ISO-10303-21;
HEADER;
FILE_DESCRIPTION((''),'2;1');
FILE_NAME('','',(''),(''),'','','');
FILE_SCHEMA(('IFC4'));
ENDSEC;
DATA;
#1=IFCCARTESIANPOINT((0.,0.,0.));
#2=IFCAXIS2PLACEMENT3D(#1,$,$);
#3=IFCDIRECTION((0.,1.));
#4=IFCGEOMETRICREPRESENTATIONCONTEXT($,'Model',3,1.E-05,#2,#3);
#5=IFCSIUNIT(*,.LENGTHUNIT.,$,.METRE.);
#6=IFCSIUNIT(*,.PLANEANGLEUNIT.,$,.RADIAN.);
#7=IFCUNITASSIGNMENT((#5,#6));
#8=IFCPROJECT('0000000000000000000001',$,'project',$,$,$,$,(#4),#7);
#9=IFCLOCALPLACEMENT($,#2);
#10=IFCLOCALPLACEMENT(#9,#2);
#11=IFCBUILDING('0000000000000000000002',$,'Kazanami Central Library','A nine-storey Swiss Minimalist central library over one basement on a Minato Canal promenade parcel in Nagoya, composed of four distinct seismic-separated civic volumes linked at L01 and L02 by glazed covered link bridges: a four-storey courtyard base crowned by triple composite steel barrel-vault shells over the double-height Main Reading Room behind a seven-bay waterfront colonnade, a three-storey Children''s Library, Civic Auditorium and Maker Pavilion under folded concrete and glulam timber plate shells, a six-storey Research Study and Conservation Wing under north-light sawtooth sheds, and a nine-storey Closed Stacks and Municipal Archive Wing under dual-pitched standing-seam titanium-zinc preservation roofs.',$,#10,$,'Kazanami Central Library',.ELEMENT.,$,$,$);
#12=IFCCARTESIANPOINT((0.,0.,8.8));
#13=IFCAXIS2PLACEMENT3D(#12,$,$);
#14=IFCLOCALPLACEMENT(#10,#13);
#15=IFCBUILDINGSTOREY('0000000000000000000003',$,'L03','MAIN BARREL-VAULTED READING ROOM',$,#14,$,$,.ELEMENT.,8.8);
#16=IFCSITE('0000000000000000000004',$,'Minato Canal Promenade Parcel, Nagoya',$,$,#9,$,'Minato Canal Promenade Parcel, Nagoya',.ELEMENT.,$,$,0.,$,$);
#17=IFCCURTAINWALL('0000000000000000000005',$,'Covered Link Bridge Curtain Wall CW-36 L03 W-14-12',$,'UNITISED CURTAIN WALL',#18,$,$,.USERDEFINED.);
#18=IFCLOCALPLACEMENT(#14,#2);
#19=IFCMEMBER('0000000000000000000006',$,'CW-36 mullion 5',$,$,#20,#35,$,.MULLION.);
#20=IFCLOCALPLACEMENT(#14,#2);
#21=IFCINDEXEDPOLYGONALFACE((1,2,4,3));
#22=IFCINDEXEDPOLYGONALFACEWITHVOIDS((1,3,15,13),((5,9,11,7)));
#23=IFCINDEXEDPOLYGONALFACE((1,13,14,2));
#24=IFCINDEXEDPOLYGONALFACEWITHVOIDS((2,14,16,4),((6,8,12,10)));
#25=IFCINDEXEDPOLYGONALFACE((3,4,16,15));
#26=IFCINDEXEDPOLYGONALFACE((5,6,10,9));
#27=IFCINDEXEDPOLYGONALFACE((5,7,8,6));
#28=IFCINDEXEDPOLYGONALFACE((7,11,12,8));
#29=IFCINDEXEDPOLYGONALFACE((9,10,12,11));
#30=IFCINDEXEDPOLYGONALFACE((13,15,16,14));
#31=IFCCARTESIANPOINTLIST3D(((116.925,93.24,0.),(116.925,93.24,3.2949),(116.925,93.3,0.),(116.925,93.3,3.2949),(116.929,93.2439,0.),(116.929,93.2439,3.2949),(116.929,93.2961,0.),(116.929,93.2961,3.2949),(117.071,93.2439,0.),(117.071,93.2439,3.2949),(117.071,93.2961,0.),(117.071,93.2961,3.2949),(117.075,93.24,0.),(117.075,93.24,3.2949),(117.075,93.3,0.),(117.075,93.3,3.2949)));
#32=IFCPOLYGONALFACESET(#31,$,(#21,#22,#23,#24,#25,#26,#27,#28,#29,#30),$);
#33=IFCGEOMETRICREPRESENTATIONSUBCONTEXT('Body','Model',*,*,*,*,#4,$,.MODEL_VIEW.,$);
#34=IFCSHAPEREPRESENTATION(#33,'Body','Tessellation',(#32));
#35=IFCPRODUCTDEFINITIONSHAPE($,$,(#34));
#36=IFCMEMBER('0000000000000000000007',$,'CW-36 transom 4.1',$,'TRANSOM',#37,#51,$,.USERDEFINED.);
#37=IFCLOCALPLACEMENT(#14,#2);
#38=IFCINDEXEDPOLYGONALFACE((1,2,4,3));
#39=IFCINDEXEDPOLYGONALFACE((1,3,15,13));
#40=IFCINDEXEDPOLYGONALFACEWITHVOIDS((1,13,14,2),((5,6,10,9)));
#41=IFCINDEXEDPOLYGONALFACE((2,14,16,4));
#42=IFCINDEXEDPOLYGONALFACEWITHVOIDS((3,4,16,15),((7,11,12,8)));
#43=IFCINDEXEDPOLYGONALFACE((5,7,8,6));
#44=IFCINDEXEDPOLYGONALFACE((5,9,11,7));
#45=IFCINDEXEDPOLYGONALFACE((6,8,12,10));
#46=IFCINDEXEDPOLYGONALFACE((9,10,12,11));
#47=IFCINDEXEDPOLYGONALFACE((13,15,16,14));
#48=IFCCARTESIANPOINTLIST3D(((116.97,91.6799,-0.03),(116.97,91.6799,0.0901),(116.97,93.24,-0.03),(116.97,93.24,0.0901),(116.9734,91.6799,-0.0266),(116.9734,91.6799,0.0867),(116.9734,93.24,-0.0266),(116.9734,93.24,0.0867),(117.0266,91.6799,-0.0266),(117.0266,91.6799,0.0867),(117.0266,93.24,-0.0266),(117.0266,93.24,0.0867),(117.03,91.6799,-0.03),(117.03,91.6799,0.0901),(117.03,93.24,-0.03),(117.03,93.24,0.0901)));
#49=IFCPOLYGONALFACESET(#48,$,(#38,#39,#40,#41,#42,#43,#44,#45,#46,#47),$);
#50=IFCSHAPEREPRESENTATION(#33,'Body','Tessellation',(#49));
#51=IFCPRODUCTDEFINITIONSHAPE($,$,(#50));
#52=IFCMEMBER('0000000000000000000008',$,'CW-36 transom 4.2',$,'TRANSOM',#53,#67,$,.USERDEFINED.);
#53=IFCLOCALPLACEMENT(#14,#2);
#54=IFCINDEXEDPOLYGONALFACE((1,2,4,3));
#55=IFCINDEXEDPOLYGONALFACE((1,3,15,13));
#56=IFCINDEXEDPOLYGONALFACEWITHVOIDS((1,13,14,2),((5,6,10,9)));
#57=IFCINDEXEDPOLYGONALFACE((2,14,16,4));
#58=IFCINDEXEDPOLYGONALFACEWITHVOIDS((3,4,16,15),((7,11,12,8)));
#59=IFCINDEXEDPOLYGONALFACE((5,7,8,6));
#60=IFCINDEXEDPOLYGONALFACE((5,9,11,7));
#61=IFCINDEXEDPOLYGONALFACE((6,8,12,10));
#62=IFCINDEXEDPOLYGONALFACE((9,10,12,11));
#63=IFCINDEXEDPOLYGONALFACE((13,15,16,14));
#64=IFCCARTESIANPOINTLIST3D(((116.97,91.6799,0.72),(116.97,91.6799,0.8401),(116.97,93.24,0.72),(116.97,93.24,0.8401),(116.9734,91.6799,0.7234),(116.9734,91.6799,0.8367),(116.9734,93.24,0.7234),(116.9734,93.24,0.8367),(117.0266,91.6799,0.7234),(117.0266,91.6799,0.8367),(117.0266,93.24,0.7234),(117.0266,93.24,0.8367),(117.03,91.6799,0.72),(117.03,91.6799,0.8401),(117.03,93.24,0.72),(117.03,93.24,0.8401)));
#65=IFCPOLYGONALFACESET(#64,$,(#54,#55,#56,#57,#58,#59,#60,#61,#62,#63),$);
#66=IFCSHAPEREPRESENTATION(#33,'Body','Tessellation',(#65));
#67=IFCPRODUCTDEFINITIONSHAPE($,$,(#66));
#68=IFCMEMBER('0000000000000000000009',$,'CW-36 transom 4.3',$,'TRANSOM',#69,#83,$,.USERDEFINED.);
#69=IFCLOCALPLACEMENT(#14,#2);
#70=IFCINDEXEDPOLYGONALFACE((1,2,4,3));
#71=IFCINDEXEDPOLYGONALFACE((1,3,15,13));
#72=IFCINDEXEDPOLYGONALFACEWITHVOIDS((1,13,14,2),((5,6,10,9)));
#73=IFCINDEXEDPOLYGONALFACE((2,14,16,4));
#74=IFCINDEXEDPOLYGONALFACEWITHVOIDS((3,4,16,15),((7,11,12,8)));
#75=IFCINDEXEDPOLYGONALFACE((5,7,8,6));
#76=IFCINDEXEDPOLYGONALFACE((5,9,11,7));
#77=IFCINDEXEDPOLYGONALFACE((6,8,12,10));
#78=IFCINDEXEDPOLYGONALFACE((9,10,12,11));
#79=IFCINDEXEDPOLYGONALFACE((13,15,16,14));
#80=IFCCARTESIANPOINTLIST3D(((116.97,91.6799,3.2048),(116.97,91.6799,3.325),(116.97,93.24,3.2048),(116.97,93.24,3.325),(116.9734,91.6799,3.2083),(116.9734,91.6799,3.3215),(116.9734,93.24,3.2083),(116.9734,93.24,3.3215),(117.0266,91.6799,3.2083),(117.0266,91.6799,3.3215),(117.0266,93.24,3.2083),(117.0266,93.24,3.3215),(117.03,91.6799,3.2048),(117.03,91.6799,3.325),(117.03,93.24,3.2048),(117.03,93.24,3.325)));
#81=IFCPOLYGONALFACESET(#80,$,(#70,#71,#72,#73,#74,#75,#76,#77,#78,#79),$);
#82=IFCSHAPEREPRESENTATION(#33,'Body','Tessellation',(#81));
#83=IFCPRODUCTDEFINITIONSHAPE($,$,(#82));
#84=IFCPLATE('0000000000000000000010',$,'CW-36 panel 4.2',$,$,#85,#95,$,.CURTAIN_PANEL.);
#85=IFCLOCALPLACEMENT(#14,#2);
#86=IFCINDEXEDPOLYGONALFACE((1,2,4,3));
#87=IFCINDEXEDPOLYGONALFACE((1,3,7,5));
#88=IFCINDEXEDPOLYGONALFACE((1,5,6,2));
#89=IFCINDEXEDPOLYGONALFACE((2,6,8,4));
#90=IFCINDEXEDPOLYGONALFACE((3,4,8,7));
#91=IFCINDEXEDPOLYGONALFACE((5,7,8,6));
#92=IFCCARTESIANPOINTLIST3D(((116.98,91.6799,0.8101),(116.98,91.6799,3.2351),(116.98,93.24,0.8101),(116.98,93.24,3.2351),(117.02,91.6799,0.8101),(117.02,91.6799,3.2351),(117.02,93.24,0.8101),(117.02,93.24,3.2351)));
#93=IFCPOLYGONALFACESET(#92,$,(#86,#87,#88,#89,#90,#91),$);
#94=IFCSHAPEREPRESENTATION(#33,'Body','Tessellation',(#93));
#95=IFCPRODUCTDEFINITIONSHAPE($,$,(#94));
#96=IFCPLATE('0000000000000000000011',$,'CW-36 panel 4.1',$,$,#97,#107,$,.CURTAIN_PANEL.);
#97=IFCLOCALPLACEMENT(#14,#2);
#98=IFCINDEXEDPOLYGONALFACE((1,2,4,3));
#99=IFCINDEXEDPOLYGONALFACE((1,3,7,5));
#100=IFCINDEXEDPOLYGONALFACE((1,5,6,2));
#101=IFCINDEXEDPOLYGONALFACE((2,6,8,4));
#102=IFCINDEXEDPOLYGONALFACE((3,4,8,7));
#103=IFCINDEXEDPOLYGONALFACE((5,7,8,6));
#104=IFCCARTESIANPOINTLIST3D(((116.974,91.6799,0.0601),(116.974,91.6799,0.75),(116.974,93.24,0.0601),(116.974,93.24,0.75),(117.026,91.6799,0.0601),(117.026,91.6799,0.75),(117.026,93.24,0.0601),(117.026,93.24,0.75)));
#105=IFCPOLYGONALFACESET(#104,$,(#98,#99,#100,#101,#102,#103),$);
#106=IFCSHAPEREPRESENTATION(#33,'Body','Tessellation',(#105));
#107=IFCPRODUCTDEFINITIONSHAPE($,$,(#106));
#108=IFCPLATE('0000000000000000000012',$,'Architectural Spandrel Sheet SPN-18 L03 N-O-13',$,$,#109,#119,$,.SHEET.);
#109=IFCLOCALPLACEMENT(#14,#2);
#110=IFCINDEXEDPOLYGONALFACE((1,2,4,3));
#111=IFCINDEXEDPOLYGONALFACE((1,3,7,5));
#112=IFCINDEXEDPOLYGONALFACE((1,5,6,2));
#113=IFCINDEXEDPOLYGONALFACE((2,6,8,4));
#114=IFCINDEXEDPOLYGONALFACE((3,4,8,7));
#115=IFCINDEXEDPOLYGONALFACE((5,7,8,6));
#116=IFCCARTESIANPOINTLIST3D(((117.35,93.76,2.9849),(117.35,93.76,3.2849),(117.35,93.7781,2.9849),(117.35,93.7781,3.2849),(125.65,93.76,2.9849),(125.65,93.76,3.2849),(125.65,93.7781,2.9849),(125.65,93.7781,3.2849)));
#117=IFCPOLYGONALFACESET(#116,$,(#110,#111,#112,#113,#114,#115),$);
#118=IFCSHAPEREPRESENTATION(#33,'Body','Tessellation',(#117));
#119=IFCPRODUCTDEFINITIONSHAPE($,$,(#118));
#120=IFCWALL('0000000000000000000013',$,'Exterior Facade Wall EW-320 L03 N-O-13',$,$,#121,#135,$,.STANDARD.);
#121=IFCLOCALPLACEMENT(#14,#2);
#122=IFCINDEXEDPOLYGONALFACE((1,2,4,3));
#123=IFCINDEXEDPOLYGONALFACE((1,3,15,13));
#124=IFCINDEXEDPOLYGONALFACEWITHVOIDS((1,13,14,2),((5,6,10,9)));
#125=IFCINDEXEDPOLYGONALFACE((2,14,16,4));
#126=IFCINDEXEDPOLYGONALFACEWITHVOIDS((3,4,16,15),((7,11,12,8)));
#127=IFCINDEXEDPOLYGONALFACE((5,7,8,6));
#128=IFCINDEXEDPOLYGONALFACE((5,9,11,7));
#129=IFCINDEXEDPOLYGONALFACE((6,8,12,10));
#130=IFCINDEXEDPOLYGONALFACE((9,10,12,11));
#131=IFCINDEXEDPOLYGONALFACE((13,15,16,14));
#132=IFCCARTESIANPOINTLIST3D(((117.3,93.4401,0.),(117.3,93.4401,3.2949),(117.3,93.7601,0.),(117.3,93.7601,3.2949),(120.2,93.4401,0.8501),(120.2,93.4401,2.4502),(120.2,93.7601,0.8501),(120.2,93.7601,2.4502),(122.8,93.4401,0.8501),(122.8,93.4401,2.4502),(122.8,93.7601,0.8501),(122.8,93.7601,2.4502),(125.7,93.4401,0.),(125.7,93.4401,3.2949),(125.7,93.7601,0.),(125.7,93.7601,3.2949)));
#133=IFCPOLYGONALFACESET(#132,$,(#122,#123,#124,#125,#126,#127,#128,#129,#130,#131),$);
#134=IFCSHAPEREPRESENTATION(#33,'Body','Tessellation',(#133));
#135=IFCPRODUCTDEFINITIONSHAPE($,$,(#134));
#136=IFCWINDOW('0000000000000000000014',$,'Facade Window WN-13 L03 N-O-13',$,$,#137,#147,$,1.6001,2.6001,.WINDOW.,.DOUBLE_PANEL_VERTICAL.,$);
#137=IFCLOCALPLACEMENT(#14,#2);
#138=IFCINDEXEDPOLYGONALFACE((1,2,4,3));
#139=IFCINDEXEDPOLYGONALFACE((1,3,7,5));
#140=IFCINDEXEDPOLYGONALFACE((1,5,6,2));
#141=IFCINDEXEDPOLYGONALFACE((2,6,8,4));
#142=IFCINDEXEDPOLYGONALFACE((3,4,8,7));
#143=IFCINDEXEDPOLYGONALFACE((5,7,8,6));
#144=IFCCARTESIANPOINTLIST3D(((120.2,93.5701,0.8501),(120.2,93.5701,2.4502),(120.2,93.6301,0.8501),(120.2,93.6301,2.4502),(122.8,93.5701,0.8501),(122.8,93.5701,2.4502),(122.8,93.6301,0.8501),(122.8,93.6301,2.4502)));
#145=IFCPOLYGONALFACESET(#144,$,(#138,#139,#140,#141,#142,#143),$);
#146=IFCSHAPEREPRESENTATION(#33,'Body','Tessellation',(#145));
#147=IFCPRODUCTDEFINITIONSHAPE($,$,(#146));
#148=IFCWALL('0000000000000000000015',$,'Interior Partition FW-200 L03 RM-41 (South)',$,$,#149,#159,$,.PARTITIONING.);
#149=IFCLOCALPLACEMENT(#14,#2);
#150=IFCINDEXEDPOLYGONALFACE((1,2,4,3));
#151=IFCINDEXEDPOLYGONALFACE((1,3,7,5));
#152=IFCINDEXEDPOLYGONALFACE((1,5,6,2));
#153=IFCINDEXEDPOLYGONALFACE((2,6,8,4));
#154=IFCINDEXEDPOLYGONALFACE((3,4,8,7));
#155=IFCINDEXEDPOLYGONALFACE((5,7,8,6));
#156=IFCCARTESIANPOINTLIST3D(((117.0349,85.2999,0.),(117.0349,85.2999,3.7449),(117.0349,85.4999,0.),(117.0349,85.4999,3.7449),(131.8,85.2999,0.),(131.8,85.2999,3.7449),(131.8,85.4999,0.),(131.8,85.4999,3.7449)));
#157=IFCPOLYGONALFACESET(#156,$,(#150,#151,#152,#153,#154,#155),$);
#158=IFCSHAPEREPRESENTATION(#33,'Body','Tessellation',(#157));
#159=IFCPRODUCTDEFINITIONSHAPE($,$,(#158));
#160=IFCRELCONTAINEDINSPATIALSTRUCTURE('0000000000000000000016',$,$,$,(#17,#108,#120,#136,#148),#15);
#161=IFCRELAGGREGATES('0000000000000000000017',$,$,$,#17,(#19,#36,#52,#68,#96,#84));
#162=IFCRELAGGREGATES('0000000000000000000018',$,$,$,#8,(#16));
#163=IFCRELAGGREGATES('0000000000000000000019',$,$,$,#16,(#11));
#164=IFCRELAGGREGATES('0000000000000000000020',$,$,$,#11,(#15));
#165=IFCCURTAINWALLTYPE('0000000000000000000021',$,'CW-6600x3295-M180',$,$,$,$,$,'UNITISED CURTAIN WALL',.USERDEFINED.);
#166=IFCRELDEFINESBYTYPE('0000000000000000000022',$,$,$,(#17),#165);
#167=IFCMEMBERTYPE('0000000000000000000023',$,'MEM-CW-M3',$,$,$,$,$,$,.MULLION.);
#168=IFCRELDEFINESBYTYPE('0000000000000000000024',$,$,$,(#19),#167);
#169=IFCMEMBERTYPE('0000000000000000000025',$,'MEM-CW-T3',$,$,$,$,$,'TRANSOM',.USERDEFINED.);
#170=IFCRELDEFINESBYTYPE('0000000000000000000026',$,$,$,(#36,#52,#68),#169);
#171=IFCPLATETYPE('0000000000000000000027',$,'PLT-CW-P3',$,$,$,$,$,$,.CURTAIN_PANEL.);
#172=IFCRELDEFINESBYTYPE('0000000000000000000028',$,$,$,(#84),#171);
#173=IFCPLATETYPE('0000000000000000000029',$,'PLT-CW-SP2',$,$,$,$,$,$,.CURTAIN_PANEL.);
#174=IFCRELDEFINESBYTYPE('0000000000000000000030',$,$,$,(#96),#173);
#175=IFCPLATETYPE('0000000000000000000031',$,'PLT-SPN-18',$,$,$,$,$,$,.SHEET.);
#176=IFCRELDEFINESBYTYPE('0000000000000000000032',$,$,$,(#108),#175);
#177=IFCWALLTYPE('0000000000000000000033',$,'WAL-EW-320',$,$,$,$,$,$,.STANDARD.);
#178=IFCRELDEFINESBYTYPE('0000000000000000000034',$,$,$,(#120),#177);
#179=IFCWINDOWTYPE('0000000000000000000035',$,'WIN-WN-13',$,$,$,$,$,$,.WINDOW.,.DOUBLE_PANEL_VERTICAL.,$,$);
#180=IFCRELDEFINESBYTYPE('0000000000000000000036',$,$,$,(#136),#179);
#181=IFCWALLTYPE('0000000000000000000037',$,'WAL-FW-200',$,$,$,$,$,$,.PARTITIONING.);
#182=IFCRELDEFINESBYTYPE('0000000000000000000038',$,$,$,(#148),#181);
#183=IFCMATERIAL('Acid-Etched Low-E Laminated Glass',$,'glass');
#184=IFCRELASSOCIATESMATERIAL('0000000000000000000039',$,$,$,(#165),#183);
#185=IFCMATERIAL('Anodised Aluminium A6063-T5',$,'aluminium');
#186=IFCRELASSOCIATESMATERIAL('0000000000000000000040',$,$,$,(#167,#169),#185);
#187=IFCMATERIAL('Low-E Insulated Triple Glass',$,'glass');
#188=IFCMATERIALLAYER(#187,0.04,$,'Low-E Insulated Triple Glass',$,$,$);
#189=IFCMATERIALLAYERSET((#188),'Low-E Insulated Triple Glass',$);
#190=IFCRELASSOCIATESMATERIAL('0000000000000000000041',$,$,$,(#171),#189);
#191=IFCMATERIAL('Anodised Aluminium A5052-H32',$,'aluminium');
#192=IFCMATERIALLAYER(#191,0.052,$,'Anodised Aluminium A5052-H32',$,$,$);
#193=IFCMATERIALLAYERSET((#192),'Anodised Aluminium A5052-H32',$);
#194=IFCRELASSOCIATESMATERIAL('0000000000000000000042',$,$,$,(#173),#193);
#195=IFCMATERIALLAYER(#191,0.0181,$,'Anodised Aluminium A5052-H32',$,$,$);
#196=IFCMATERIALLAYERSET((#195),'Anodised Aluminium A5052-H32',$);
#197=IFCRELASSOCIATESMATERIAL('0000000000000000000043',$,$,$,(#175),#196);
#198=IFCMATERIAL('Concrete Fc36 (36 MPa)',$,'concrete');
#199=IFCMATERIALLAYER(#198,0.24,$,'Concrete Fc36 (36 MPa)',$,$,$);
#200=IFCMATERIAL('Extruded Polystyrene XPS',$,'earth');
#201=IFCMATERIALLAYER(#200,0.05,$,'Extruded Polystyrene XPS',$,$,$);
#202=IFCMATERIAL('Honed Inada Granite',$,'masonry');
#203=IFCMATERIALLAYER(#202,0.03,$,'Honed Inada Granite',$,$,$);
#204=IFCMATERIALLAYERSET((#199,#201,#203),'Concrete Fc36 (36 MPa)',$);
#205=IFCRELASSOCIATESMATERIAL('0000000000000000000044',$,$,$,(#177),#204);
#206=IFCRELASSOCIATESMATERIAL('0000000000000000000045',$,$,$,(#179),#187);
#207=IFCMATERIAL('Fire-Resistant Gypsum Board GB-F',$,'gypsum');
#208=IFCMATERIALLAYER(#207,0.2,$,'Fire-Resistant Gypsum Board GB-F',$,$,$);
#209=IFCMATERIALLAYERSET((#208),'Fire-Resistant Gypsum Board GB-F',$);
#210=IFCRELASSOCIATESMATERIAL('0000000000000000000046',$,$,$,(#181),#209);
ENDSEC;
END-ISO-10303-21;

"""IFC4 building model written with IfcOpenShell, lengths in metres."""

from ifc_helpers import new_model, si_unit, direction, frame, frame_2d, origin, origin_2d, place, context, subcontext, project, spatial, rectangle, hollow_rectangle, extrude, material, layer, layer_set, material_profile, profile_set, type_object, element, fill, aggregate, save


model = new_model("IFC4")

# Units and contexts
model_context = context("Model", 3, precision=1e-05, world=origin(), true_north=direction((0.0, 1.0)))
body_context = subcontext(model_context, "Body", "Model", "MODEL_VIEW")
ifc_project = project(units=[si_unit("LENGTHUNIT", "METRE"), si_unit("PLANEANGLEUNIT", "RADIAN")], contexts=[model_context])

# Site, building, storey
site_placement = place(None, origin())
site = spatial("IfcSite", under=ifc_project, at=site_placement, Name="Minato Canal Promenade Parcel, Nagoya", LongName="Minato Canal Promenade Parcel, Nagoya", CompositionType="ELEMENT", RefElevation=0.0)
building_placement = place(site_placement, origin())
building = spatial("IfcBuilding", under=site, at=building_placement, Name="Kazanami Central Library", Description="A nine-storey Swiss Minimalist central library over one basement on a Minato Canal promenade parcel in Nagoya, composed of four distinct seismic-separated civic volumes linked at L01 and L02 by glazed covered link bridges: a four-storey courtyard base crowned by triple composite steel barrel-vault shells over the double-height Main Reading Room behind a seven-bay waterfront colonnade, a three-storey Children's Library, Civic Auditorium and Maker Pavilion under folded concrete and glulam timber plate shells, a six-storey Research Study and Conservation Wing under north-light sawtooth sheds, and a nine-storey Closed Stacks and Municipal Archive Wing under dual-pitched standing-seam titanium-zinc preservation roofs.", LongName="Kazanami Central Library", CompositionType="ELEMENT")
storey_placement = place(building_placement, frame((0.0, 0.0, 8.8)))
storey = spatial("IfcBuildingStorey", under=building, at=storey_placement, Name="L03", Description="MAIN BARREL-VAULTED READING ROOM", CompositionType="ELEMENT", Elevation=8.8)

# Curtain wall, members, plates
ifc_material_1 = material(Name="Acid-Etched Low-E Laminated Glass", Category="glass")
curtain_wall_type = type_object("IfcCurtainWallType", Name="CW-6600x3295-M180", ElementType="UNITISED CURTAIN WALL", PredefinedType="USERDEFINED", material=ifc_material_1)
curtain_wall_placement = place(storey_placement, origin())
curtain_wall = element("IfcCurtainWall", 1, at=curtain_wall_placement, inside=storey, type_object=curtain_wall_type, Name="Covered Link Bridge Curtain Wall CW-36 L03 W-14-12", ObjectType="UNITISED CURTAIN WALL", PredefinedType="USERDEFINED")
ifc_material_2 = material(Name="Anodised Aluminium A6063-T5", Category="aluminium")
ifc_material_profile_1 = material_profile(ifc_material_2, hollow_rectangle(XDim=0.0601, YDim=0.1499, WallThickness=0.0039, at=origin_2d()), Name="ALU-MULL-60x150x4")
ifc_profile_set_1 = profile_set([ifc_material_profile_1], Name="Anodised Aluminium A6063-T5")
member_type_1 = type_object("IfcMemberType", Name="MEM-CW-M3", PredefinedType="MULLION", material=ifc_profile_set_1)
member_1_placement = place(storey_placement, frame((117.0, 93.27, 0.0), z_axis=(0.0, 0.0, 1.0), x_axis=(0.0, 1.0, 0.0)))
member_1 = element("IfcMember", 2, at=member_1_placement, type_object=member_type_1, Name="CW-36 mullion 5", PredefinedType="MULLION", context=body_context, shape_type="SweptSolid", body=[
    extrude(hollow_rectangle(XDim=0.0601, YDim=0.1499, WallThickness=0.0039, at=origin_2d()), origin(), (0.0, 0.0, 1.0), 3.2949),
])
ifc_material_profile_2 = material_profile(ifc_material_2, hollow_rectangle(XDim=0.0601, YDim=0.1201, WallThickness=0.0034, at=origin_2d()), Name="ALU-TRAN-60x120x3.5")
ifc_profile_set_2 = profile_set([ifc_material_profile_2], Name="Anodised Aluminium A6063-T5")
member_type_2 = type_object("IfcMemberType", Name="MEM-CW-T3", ElementType="TRANSOM", PredefinedType="USERDEFINED", material=ifc_profile_set_2)
member_2_placement = place(storey_placement, frame((117.0, 91.6799, 0.03), z_axis=(0.0, 1.0, 0.0), x_axis=(-1.0, 0.0, 0.0)))
member_2 = element("IfcMember", 3, at=member_2_placement, type_object=member_type_2, Name="CW-36 transom 4.1", ObjectType="TRANSOM", PredefinedType="USERDEFINED", context=body_context, shape_type="SweptSolid", body=[
    extrude(hollow_rectangle(XDim=0.0601, YDim=0.1201, WallThickness=0.0034, at=origin_2d()), origin(), (0.0, 0.0, 1.0), 1.5601),
])
member_3_placement = place(storey_placement, frame((117.0, 91.6799, 0.78), z_axis=(0.0, 1.0, 0.0), x_axis=(-1.0, 0.0, 0.0)))
member_3 = element("IfcMember", 4, at=member_3_placement, type_object=member_type_2, Name="CW-36 transom 4.2", ObjectType="TRANSOM", PredefinedType="USERDEFINED", context=body_context, shape_type="SweptSolid", body=[
    extrude(hollow_rectangle(XDim=0.0601, YDim=0.1201, WallThickness=0.0034, at=origin_2d()), origin(), (0.0, 0.0, 1.0), 1.5601),
])
member_4_placement = place(storey_placement, frame((117.0, 91.6799, 3.2649), z_axis=(0.0, 1.0, 0.0), x_axis=(-1.0, 0.0, 0.0)))
member_4 = element("IfcMember", 5, at=member_4_placement, type_object=member_type_2, Name="CW-36 transom 4.3", ObjectType="TRANSOM", PredefinedType="USERDEFINED", context=body_context, shape_type="SweptSolid", body=[
    extrude(hollow_rectangle(XDim=0.0601, YDim=0.1201, WallThickness=0.0034, at=origin_2d()), origin(), (0.0, 0.0, 1.0), 1.5601),
])
ifc_material_3 = material(Name="Low-E Insulated Triple Glass", Category="glass")
ifc_layer_1 = layer(ifc_material_3, 0.04, Name="Low-E Insulated Triple Glass")
ifc_layer_set_1 = layer_set([ifc_layer_1], Name="Low-E Insulated Triple Glass")
plate_type_1 = type_object("IfcPlateType", Name="PLT-CW-P3", PredefinedType="CURTAIN_PANEL", material=ifc_layer_set_1)
plate_1_placement = place(storey_placement, frame((117.0, 92.46, 0.8101), z_axis=(0.0, 0.0, 1.0), x_axis=(0.0, 1.0, 0.0)))
plate_1 = element("IfcPlate", 6, at=plate_1_placement, type_object=plate_type_1, Name="CW-36 panel 4.2", PredefinedType="CURTAIN_PANEL", context=body_context, shape_type="SweptSolid", body=[
    extrude(rectangle(XDim=1.5601, YDim=0.04, at=origin_2d()), origin(), (0.0, 0.0, 1.0), 2.425),
])
ifc_material_4 = material(Name="Anodised Aluminium A5052-H32", Category="aluminium")
ifc_layer_2 = layer(ifc_material_4, 0.052, Name="Anodised Aluminium A5052-H32")
ifc_layer_set_2 = layer_set([ifc_layer_2], Name="Anodised Aluminium A5052-H32")
plate_type_2 = type_object("IfcPlateType", Name="PLT-CW-SP2", PredefinedType="CURTAIN_PANEL", material=ifc_layer_set_2)
plate_2_placement = place(storey_placement, frame((117.0, 92.46, 0.0601), z_axis=(0.0, 0.0, 1.0), x_axis=(0.0, 1.0, 0.0)))
plate_2 = element("IfcPlate", 7, at=plate_2_placement, type_object=plate_type_2, Name="CW-36 panel 4.1", PredefinedType="CURTAIN_PANEL", context=body_context, shape_type="SweptSolid", body=[
    extrude(rectangle(XDim=1.5601, YDim=0.052, at=origin_2d()), origin(), (0.0, 0.0, 1.0), 0.6899),
])
aggregate(curtain_wall, [member_1, member_2, member_3, member_4, plate_2, plate_1])

# Plate
ifc_layer_3 = layer(ifc_material_4, 0.0181, Name="Anodised Aluminium A5052-H32")
ifc_layer_set_3 = layer_set([ifc_layer_3], Name="Anodised Aluminium A5052-H32")
plate_type_3 = type_object("IfcPlateType", Name="PLT-SPN-18", PredefinedType="SHEET", material=ifc_layer_set_3)
plate_3_placement = place(storey_placement, frame((121.5, 93.769, 2.9849), z_axis=(0.0, 0.0, 1.0), x_axis=(-1.0, 0.0, 0.0)))
element("IfcPlate", 8, at=plate_3_placement, inside=storey, type_object=plate_type_3, Name="Architectural Spandrel Sheet SPN-18 L03 N-O-13", PredefinedType="SHEET", context=body_context, shape_type="SweptSolid", body=[
    extrude(rectangle(XDim=8.3, YDim=0.0181, at=origin_2d()), origin(), (0.0, 0.0, 1.0), 0.3),
])

# Wall, opening, window
ifc_material_5 = material(Name="Concrete Fc36 (36 MPa)", Category="concrete")
ifc_layer_4 = layer(ifc_material_5, 0.24, Name="Concrete Fc36 (36 MPa)")
ifc_material_6 = material(Name="Extruded Polystyrene XPS", Category="earth")
ifc_layer_5 = layer(ifc_material_6, 0.05, Name="Extruded Polystyrene XPS")
ifc_material_7 = material(Name="Honed Inada Granite", Category="masonry")
ifc_layer_6 = layer(ifc_material_7, 0.03, Name="Honed Inada Granite")
ifc_layer_set_4 = layer_set([ifc_layer_4, ifc_layer_5, ifc_layer_6], Name="Concrete Fc36 (36 MPa)")
wall_type_1 = type_object("IfcWallType", Name="WAL-EW-320", PredefinedType="STANDARD", material=ifc_layer_set_4)
wall_1_placement = place(storey_placement, frame((125.7, 93.6001, 0.0), z_axis=(0.0, 0.0, 1.0), x_axis=(-1.0, 0.0, 0.0)))
wall_1 = element("IfcWall", 9, at=wall_1_placement, inside=storey, type_object=wall_type_1, Name="Exterior Facade Wall EW-320 L03 N-O-13", PredefinedType="STANDARD", context=body_context, shape_type="SweptSolid", body=[
    extrude(rectangle(XDim=8.3999, YDim=0.3201, at=frame_2d((4.2, 0.0))), origin(), (0.0, 0.0, 1.0), 3.2949),
])
opening_placement = place(wall_1_placement, frame((2.8999, 0.0, 0.8501)))
opening = element("IfcOpeningElement", 10, at=opening_placement, cuts=wall_1, PredefinedType="OPENING", context=body_context, shape_type="SweptSolid", body=[
    extrude(rectangle(XDim=2.6001, YDim=1.6001, at=frame_2d((1.3, 0.8))), frame((0.0, 0.1719, 0.0), z_axis=(0.0, -1.0, 0.0), x_axis=(1.0, 0.0, 0.0)), (0.0, 0.0, 1.0), 0.344),
])
window_type = type_object("IfcWindowType", Name="WIN-WN-13", PartitioningType="DOUBLE_PANEL_VERTICAL", PredefinedType="WINDOW", material=ifc_material_3)
window_placement = place(opening_placement, origin())
window = element("IfcWindow", 11, at=window_placement, inside=storey, type_object=window_type, Name="Facade Window WN-13 L03 N-O-13", OverallHeight=1.6001, OverallWidth=2.6001, PartitioningType="DOUBLE_PANEL_VERTICAL", PredefinedType="WINDOW", context=body_context, shape_type="SweptSolid", body=[
    extrude(rectangle(XDim=2.6001, YDim=1.6001, at=frame_2d((1.3, 0.8))), frame((0.0, 0.03, 0.0), z_axis=(0.0, -1.0, 0.0), x_axis=(1.0, 0.0, 0.0)), (0.0, 0.0, 1.0), 0.0601),
])
fill(opening, window)

# Wall
ifc_material_8 = material(Name="Fire-Resistant Gypsum Board GB-F", Category="gypsum")
ifc_layer_7 = layer(ifc_material_8, 0.2, Name="Fire-Resistant Gypsum Board GB-F")
ifc_layer_set_5 = layer_set([ifc_layer_7], Name="Fire-Resistant Gypsum Board GB-F")
wall_type_2 = type_object("IfcWallType", Name="WAL-FW-200", PredefinedType="PARTITIONING", material=ifc_layer_set_5)
wall_2_placement = place(storey_placement, frame((117.0349, 85.3999, 0.0), z_axis=(0.0, 0.0, 1.0), x_axis=(1.0, 0.0, 0.0)))
element("IfcWall", 12, at=wall_2_placement, inside=storey, type_object=wall_type_2, Name="Interior Partition FW-200 L03 RM-41 (South)", PredefinedType="PARTITIONING", context=body_context, shape_type="SweptSolid", body=[
    extrude(rectangle(XDim=14.7651, YDim=0.2, at=frame_2d((7.3826, 0.0))), origin(), (0.0, 0.0, 1.0), 3.7449),
])

save(model, "model.ifc")
